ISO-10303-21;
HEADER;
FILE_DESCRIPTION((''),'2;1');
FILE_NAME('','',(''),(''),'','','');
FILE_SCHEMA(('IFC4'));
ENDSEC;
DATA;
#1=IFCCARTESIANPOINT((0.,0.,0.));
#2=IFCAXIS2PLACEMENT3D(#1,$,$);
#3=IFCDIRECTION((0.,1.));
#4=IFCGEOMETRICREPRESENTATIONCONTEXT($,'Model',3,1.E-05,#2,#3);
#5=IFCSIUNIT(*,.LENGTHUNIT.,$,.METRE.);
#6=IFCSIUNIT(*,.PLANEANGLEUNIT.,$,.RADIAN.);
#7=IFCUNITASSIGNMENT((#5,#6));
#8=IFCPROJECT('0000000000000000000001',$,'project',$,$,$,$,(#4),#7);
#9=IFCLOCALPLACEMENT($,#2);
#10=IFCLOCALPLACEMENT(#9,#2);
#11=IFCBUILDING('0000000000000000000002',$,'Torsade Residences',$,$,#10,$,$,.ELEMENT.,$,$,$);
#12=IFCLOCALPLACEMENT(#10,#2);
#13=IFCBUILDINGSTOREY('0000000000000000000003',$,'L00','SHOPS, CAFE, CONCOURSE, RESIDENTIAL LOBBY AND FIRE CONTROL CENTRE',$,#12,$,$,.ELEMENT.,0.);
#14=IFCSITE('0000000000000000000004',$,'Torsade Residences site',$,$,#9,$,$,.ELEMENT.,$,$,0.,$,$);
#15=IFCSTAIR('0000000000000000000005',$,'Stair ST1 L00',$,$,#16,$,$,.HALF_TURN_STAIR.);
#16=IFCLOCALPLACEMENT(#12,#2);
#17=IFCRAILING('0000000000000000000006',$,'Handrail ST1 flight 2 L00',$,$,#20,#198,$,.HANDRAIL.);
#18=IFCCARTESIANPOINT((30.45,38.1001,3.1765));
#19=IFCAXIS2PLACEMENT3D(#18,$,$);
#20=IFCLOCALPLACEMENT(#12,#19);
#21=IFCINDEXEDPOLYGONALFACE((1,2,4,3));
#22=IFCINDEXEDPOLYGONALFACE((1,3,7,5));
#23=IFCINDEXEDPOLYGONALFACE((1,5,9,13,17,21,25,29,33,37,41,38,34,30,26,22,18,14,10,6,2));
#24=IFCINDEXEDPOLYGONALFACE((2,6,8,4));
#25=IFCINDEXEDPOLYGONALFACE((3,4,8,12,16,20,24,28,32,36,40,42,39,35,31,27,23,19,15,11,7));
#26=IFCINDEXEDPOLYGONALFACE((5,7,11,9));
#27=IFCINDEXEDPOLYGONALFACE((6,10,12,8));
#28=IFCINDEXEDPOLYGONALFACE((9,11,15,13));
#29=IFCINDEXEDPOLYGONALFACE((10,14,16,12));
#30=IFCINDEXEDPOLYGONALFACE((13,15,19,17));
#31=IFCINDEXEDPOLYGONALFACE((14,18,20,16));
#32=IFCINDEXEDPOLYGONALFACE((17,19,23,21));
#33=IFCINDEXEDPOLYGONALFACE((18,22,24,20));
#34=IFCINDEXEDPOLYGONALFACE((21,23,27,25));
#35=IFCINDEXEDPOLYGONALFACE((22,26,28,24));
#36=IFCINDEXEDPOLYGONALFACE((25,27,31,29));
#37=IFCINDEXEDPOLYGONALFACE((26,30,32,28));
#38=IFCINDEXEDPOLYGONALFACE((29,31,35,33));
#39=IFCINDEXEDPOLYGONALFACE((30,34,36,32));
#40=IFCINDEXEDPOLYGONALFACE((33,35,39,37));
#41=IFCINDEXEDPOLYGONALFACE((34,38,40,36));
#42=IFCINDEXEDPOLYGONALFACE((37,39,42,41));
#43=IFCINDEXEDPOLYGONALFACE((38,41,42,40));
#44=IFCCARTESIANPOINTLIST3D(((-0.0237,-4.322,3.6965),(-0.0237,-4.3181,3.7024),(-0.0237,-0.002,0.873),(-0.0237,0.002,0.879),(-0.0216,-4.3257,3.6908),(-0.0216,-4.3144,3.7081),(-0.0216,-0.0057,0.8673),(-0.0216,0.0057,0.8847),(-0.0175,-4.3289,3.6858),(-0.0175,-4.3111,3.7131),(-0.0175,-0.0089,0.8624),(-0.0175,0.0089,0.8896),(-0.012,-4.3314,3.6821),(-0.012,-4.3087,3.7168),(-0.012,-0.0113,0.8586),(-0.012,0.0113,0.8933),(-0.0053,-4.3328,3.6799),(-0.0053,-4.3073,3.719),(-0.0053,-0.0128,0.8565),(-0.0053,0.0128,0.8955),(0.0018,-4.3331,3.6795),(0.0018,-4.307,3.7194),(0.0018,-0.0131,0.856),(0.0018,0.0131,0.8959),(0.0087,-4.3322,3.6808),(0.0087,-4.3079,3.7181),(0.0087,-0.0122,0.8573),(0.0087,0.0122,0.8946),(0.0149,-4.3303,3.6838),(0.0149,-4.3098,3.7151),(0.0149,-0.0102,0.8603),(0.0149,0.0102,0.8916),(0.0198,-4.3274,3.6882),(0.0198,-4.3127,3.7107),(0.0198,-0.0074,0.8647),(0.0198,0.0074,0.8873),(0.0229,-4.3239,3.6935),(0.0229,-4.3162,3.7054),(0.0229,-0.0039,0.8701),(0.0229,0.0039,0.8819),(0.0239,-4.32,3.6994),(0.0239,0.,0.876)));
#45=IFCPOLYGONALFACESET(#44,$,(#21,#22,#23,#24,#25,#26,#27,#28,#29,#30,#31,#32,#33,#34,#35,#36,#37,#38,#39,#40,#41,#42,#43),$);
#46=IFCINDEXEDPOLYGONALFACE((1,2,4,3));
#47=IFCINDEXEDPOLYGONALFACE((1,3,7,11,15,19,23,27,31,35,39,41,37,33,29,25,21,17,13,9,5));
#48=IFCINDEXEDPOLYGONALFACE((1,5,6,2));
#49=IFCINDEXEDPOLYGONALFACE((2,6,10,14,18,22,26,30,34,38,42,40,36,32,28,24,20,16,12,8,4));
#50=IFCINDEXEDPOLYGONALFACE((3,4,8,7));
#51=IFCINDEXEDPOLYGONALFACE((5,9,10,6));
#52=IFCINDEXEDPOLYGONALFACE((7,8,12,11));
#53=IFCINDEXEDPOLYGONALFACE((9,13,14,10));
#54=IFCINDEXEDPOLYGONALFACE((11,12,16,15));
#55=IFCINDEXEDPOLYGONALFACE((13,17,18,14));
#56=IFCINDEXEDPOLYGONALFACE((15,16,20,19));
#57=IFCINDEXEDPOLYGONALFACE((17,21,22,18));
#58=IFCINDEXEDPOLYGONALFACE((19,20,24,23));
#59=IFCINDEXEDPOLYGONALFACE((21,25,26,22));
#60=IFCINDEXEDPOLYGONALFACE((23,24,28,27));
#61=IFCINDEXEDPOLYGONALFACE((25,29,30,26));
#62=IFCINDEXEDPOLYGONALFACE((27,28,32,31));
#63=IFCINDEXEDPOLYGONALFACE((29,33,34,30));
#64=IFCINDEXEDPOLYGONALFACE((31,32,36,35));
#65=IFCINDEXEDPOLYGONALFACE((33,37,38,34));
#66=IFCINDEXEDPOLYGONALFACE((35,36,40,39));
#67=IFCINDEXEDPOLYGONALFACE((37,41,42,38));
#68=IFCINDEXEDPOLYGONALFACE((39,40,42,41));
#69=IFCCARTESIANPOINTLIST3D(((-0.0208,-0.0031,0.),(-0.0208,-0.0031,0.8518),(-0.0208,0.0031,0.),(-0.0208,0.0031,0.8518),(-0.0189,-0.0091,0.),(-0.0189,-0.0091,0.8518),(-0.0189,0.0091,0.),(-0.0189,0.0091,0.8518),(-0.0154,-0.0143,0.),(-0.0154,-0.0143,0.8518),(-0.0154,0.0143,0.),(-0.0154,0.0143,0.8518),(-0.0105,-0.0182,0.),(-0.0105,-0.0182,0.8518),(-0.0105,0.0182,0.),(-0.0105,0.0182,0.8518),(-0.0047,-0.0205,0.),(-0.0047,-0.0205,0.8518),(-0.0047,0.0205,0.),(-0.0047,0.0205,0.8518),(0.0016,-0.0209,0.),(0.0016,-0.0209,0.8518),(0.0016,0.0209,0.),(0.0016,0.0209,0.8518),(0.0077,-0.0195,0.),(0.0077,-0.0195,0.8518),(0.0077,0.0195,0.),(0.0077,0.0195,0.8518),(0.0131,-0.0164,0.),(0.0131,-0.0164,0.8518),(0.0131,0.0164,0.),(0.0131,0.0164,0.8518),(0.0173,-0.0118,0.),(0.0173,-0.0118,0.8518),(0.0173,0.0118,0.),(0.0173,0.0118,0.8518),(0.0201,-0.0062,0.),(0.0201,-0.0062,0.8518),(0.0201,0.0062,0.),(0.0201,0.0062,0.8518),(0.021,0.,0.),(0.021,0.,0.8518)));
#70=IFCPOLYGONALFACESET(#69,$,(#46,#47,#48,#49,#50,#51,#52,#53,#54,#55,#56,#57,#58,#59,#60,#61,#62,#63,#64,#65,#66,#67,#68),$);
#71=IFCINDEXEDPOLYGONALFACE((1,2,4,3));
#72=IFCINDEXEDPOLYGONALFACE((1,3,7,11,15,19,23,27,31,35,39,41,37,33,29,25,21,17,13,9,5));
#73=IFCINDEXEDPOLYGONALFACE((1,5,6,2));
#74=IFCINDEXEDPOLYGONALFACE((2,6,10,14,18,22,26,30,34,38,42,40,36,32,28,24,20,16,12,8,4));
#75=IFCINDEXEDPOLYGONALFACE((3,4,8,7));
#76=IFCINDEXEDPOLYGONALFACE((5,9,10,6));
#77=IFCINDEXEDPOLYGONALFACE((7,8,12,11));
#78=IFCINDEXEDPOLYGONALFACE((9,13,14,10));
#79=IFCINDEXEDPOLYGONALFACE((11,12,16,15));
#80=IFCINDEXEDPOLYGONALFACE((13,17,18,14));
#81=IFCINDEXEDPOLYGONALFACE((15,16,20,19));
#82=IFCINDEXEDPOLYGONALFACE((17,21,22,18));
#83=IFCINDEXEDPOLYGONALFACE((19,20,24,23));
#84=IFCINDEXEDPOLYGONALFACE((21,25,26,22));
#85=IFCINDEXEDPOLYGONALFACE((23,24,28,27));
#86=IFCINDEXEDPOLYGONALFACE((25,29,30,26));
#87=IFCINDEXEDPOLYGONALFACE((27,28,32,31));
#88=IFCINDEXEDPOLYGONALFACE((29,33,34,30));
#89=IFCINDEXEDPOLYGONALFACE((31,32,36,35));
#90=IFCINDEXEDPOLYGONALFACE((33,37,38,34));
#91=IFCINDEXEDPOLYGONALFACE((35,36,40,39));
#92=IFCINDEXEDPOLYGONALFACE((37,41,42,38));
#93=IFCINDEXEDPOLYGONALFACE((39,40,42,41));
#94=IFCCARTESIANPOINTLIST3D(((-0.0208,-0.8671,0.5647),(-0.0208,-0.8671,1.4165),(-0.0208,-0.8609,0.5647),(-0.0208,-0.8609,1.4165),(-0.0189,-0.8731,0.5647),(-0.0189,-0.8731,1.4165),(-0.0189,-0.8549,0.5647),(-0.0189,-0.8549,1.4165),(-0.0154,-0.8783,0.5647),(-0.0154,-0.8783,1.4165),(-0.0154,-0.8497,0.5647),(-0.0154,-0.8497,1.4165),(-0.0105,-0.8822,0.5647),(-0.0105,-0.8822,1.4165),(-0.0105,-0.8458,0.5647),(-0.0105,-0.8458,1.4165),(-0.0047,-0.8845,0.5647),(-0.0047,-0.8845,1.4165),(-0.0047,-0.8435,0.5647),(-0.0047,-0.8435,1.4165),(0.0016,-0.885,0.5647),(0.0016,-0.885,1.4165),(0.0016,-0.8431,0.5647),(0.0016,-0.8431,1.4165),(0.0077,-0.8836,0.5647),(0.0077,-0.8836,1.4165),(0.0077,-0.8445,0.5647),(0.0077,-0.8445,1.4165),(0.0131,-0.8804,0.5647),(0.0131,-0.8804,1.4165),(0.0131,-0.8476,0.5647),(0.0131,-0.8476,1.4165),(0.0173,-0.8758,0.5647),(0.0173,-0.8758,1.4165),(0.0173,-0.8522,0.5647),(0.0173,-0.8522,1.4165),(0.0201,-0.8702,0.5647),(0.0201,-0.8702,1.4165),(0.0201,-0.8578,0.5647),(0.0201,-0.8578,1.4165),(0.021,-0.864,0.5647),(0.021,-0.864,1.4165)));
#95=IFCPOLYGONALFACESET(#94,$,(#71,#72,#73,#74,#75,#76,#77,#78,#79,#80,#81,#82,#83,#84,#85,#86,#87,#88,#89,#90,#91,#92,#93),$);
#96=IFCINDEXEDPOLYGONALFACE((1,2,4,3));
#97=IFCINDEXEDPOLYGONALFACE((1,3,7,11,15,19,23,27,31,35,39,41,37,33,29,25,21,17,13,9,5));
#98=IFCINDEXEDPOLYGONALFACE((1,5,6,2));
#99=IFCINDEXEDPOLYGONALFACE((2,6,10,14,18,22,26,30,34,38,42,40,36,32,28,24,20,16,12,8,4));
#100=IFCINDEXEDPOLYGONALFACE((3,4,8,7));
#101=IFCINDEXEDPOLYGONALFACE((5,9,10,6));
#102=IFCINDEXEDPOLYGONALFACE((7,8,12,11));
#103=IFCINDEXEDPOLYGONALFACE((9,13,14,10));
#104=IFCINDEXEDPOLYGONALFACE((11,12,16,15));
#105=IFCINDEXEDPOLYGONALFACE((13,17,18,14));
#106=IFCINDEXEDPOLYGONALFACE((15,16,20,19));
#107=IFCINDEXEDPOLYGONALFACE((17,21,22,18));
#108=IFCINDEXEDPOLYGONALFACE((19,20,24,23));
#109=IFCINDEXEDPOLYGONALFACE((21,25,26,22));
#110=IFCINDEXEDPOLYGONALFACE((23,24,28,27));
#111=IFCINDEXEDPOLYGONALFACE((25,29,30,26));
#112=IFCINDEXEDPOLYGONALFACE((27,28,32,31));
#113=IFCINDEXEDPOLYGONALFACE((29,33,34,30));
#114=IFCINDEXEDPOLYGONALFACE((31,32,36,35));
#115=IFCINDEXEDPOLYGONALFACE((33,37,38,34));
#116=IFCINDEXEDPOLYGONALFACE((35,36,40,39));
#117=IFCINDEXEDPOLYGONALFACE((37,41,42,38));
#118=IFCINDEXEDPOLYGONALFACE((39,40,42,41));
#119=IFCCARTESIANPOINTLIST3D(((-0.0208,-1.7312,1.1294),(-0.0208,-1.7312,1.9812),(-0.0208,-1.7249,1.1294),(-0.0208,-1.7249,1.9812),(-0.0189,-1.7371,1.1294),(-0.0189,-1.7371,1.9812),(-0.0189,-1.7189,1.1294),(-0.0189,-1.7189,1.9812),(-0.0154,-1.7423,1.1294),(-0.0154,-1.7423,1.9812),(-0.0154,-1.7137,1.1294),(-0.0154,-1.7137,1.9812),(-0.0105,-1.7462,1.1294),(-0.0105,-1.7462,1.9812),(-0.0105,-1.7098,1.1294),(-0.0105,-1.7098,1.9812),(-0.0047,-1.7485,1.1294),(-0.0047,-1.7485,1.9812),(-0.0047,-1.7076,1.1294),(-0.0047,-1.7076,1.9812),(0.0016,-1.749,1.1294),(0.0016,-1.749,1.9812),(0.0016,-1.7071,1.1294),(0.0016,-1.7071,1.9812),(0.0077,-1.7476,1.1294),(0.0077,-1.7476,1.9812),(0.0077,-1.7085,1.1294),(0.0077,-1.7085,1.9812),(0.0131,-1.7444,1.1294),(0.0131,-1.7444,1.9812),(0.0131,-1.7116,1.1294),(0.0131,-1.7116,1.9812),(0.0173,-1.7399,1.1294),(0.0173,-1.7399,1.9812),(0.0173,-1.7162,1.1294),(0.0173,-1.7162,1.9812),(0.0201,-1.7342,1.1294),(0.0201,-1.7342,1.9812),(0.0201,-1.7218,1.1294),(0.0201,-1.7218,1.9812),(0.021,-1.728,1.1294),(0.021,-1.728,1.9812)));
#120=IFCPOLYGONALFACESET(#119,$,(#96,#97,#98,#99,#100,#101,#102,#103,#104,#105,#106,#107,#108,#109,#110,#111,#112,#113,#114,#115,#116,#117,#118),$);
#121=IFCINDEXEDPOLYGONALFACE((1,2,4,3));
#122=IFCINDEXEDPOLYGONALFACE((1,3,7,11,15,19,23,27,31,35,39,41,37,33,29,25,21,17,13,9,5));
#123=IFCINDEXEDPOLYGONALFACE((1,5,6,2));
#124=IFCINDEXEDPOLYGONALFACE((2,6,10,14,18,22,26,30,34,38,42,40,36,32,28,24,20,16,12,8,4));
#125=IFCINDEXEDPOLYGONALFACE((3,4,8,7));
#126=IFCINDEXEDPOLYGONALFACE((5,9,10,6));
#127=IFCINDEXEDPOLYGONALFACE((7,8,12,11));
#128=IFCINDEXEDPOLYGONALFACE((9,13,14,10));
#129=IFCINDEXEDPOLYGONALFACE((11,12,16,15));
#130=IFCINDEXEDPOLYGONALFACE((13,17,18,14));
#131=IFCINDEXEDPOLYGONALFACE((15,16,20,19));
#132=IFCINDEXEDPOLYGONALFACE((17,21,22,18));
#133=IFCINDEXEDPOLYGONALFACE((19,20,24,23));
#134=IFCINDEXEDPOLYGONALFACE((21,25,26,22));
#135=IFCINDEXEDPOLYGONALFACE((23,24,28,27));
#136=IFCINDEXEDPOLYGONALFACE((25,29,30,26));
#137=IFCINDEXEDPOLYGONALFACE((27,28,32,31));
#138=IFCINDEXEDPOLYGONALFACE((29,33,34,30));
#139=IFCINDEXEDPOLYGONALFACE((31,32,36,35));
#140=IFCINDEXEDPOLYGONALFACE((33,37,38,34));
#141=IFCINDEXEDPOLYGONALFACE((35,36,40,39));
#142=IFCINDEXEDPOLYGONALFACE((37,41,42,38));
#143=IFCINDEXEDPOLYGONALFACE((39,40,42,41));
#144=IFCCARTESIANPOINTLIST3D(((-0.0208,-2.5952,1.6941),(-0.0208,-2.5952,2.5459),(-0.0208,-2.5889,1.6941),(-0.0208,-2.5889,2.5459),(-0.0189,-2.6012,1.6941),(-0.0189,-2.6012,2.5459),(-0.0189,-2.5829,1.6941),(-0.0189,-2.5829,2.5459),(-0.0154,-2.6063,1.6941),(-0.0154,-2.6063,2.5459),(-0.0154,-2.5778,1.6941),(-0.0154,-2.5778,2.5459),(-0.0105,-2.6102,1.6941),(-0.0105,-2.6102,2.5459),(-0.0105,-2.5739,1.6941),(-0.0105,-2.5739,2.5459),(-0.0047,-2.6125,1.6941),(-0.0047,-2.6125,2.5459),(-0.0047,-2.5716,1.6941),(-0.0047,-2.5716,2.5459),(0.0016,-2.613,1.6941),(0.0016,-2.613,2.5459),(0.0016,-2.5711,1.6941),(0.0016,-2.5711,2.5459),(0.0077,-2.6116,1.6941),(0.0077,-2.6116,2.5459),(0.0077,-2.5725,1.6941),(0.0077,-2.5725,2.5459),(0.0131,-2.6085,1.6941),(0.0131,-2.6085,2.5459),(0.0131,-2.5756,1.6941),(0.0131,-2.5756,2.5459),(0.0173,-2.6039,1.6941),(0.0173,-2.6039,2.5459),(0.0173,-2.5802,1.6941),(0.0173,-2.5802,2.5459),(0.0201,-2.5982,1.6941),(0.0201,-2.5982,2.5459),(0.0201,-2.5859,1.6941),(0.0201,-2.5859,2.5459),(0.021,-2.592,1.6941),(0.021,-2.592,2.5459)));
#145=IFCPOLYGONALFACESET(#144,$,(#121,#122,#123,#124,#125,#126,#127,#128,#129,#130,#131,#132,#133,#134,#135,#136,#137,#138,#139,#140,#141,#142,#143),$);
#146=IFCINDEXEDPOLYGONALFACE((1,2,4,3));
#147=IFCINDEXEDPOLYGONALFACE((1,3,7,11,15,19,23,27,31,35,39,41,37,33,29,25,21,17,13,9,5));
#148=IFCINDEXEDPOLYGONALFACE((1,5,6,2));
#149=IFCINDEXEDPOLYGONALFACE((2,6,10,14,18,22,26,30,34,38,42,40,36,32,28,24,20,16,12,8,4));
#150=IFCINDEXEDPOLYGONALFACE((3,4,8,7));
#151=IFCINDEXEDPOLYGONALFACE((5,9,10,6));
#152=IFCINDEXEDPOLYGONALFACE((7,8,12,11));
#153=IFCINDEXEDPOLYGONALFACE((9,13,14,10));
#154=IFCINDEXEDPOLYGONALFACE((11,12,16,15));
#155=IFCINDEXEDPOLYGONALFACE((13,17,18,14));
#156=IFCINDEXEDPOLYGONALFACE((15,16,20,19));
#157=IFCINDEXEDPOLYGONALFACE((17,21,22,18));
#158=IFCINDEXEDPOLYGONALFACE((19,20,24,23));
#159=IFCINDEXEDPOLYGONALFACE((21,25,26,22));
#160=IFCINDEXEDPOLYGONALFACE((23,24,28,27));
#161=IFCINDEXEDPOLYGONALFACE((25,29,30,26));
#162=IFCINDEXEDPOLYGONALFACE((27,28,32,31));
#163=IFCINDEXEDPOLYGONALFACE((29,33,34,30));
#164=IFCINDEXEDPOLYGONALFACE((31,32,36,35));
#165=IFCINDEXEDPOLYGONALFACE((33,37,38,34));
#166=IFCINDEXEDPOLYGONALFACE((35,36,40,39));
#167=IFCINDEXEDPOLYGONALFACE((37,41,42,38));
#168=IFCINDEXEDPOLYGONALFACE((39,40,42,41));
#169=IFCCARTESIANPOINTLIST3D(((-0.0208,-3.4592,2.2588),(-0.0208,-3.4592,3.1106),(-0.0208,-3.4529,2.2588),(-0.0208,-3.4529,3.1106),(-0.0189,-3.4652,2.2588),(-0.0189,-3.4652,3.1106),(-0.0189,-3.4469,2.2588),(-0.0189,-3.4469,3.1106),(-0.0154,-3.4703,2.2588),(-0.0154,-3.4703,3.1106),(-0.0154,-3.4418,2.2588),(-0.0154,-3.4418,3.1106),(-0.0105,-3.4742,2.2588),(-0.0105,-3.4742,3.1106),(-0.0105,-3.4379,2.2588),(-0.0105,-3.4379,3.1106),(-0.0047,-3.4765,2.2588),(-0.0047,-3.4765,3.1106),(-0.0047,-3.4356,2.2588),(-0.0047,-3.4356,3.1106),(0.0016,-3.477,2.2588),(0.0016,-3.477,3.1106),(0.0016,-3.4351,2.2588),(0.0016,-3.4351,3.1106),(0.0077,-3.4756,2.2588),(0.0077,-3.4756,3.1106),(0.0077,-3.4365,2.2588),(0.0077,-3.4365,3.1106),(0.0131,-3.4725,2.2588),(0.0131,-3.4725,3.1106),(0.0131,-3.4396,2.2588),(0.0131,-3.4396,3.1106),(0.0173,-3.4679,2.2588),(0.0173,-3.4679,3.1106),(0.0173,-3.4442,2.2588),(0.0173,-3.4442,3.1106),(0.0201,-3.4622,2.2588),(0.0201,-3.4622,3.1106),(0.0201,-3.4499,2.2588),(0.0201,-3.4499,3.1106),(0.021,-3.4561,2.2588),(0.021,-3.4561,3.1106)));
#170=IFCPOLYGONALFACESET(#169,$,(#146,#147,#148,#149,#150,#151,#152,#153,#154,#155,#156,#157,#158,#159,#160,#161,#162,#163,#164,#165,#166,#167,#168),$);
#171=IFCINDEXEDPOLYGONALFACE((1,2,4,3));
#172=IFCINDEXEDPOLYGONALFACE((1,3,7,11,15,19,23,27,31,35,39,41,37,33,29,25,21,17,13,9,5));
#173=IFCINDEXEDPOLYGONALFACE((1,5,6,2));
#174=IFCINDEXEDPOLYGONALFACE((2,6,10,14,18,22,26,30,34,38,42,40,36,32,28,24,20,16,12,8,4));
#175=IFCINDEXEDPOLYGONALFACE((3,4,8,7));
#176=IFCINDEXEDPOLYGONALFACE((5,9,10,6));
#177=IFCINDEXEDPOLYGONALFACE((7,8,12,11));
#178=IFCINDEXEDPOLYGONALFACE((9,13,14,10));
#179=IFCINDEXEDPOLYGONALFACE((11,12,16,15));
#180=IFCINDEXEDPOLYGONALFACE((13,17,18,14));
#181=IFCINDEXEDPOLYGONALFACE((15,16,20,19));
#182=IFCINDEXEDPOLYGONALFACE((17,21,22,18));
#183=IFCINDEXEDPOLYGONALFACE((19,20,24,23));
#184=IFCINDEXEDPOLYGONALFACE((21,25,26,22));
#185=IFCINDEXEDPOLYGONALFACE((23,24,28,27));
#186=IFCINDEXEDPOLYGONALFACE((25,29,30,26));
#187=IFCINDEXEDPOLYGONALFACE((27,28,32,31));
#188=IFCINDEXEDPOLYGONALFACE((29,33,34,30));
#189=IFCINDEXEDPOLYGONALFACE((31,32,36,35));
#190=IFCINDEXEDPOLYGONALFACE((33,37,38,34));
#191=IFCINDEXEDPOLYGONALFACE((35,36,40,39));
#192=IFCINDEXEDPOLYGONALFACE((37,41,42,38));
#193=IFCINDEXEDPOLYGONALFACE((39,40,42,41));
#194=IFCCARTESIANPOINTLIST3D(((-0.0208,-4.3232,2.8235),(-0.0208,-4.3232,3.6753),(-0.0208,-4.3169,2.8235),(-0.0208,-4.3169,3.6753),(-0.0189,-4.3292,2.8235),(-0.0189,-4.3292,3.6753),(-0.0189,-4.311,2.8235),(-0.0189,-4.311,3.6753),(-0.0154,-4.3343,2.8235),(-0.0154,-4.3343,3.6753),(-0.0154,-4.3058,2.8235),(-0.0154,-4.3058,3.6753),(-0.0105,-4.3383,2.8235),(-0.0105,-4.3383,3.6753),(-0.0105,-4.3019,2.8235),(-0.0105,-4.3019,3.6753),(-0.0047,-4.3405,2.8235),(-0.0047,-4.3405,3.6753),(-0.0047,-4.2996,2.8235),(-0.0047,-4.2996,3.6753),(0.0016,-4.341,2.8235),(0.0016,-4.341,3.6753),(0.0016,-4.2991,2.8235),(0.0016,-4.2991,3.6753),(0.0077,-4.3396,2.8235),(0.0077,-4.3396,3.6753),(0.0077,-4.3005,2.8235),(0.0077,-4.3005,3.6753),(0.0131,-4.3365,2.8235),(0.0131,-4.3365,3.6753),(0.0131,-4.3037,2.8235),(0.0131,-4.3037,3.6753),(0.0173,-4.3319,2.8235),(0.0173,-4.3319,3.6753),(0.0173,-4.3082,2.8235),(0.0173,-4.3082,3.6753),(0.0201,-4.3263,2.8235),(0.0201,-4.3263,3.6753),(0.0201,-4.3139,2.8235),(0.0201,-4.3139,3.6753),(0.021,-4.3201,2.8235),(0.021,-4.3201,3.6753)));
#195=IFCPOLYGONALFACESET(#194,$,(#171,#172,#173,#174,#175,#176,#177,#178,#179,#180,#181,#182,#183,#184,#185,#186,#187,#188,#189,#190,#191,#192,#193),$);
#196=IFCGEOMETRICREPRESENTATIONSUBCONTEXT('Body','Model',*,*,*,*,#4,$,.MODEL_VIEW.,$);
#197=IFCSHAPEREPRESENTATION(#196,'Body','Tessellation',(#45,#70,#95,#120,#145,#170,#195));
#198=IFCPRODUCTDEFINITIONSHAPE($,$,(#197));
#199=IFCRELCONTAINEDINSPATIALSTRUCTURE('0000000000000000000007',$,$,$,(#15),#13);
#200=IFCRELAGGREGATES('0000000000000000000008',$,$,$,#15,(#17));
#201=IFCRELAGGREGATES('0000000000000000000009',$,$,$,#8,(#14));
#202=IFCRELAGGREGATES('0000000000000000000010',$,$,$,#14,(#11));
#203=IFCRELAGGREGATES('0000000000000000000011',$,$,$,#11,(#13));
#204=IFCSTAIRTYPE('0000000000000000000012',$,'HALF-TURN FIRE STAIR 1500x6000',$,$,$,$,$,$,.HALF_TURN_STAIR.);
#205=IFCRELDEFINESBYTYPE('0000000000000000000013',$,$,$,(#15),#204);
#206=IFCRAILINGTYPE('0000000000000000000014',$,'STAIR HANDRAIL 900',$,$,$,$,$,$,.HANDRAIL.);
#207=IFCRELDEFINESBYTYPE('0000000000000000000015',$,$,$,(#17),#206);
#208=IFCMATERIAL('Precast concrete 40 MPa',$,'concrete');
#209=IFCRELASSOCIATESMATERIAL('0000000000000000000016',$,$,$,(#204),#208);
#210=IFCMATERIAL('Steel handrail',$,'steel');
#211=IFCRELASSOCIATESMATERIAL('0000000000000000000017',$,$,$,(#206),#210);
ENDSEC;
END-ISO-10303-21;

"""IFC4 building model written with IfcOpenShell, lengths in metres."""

from ifc_helpers import new_model, si_unit, direction, frame, origin, origin_2d, place, context, subcontext, project, spatial, circle, extrude, material, type_object, element, aggregate, save


model = new_model("IFC4")

# Units and contexts
model_context = context("Model", 3, precision=1e-05, world=origin(), true_north=direction((0.0, 1.0)))
body_context = subcontext(model_context, "Body", "Model", "MODEL_VIEW")
ifc_project = project(units=[si_unit("LENGTHUNIT", "METRE"), si_unit("PLANEANGLEUNIT", "RADIAN")], contexts=[model_context])

# Site, building, storey
site_placement = place(None, origin())
site = spatial("IfcSite", under=ifc_project, at=site_placement, Name="Torsade Residences site", CompositionType="ELEMENT", RefElevation=0.0)
building_placement = place(site_placement, origin())
building = spatial("IfcBuilding", under=site, at=building_placement, Name="Torsade Residences", CompositionType="ELEMENT")
storey_placement = place(building_placement, origin())
storey = spatial("IfcBuildingStorey", under=building, at=storey_placement, Name="L00", Description="SHOPS, CAFE, CONCOURSE, RESIDENTIAL LOBBY AND FIRE CONTROL CENTRE", CompositionType="ELEMENT", Elevation=0.0)

# Stair, railing
ifc_material_1 = material(Name="Precast concrete 40 MPa", Category="concrete")
stair_type = type_object("IfcStairType", Name="HALF-TURN FIRE STAIR 1500x6000", PredefinedType="HALF_TURN_STAIR", material=ifc_material_1)
stair_placement = place(storey_placement, origin())
stair = element("IfcStair", 1, at=stair_placement, inside=storey, type_object=stair_type, Name="Stair ST1 L00", PredefinedType="HALF_TURN_STAIR")
ifc_material_2 = material(Name="Steel handrail", Category="steel")
railing_type = type_object("IfcRailingType", Name="STAIR HANDRAIL 900", PredefinedType="HANDRAIL", material=ifc_material_2)
railing_placement = place(storey_placement, frame((30.45, 38.1001, 3.1765)))
railing = element("IfcRailing", 2, at=railing_placement, type_object=railing_type, Name="Handrail ST1 flight 2 L00", PredefinedType="HANDRAIL", context=body_context, shape_type="SweptSolid", body=[
    extrude(circle(Radius=0.0239, at=origin_2d()), frame((0.0, 0.0, 0.876), z_axis=(0.0, -0.837074, 0.54709), x_axis=(1.0, 0.0, 0.0)), (0.0, 0.0, 1.0), 5.1609),
    extrude(circle(Radius=0.021, at=origin_2d()), origin(), (0.0, 0.0, 1.0), 0.8518),
    extrude(circle(Radius=0.021, at=origin_2d()), frame((0.0, -0.864, 0.5647)), (0.0, 0.0, 1.0), 0.8518),
    extrude(circle(Radius=0.021, at=origin_2d()), frame((0.0, -1.728, 1.1294)), (0.0, 0.0, 1.0), 0.8518),
    extrude(circle(Radius=0.021, at=origin_2d()), frame((0.0, -2.592, 1.6941)), (0.0, 0.0, 1.0), 0.8518),
    extrude(circle(Radius=0.021, at=origin_2d()), frame((0.0, -3.4561, 2.2588)), (0.0, 0.0, 1.0), 0.8518),
    extrude(circle(Radius=0.021, at=origin_2d()), frame((0.0, -4.3201, 2.8235)), (0.0, 0.0, 1.0), 0.8518),
])
aggregate(stair, [railing])

save(model, "model.ifc")
